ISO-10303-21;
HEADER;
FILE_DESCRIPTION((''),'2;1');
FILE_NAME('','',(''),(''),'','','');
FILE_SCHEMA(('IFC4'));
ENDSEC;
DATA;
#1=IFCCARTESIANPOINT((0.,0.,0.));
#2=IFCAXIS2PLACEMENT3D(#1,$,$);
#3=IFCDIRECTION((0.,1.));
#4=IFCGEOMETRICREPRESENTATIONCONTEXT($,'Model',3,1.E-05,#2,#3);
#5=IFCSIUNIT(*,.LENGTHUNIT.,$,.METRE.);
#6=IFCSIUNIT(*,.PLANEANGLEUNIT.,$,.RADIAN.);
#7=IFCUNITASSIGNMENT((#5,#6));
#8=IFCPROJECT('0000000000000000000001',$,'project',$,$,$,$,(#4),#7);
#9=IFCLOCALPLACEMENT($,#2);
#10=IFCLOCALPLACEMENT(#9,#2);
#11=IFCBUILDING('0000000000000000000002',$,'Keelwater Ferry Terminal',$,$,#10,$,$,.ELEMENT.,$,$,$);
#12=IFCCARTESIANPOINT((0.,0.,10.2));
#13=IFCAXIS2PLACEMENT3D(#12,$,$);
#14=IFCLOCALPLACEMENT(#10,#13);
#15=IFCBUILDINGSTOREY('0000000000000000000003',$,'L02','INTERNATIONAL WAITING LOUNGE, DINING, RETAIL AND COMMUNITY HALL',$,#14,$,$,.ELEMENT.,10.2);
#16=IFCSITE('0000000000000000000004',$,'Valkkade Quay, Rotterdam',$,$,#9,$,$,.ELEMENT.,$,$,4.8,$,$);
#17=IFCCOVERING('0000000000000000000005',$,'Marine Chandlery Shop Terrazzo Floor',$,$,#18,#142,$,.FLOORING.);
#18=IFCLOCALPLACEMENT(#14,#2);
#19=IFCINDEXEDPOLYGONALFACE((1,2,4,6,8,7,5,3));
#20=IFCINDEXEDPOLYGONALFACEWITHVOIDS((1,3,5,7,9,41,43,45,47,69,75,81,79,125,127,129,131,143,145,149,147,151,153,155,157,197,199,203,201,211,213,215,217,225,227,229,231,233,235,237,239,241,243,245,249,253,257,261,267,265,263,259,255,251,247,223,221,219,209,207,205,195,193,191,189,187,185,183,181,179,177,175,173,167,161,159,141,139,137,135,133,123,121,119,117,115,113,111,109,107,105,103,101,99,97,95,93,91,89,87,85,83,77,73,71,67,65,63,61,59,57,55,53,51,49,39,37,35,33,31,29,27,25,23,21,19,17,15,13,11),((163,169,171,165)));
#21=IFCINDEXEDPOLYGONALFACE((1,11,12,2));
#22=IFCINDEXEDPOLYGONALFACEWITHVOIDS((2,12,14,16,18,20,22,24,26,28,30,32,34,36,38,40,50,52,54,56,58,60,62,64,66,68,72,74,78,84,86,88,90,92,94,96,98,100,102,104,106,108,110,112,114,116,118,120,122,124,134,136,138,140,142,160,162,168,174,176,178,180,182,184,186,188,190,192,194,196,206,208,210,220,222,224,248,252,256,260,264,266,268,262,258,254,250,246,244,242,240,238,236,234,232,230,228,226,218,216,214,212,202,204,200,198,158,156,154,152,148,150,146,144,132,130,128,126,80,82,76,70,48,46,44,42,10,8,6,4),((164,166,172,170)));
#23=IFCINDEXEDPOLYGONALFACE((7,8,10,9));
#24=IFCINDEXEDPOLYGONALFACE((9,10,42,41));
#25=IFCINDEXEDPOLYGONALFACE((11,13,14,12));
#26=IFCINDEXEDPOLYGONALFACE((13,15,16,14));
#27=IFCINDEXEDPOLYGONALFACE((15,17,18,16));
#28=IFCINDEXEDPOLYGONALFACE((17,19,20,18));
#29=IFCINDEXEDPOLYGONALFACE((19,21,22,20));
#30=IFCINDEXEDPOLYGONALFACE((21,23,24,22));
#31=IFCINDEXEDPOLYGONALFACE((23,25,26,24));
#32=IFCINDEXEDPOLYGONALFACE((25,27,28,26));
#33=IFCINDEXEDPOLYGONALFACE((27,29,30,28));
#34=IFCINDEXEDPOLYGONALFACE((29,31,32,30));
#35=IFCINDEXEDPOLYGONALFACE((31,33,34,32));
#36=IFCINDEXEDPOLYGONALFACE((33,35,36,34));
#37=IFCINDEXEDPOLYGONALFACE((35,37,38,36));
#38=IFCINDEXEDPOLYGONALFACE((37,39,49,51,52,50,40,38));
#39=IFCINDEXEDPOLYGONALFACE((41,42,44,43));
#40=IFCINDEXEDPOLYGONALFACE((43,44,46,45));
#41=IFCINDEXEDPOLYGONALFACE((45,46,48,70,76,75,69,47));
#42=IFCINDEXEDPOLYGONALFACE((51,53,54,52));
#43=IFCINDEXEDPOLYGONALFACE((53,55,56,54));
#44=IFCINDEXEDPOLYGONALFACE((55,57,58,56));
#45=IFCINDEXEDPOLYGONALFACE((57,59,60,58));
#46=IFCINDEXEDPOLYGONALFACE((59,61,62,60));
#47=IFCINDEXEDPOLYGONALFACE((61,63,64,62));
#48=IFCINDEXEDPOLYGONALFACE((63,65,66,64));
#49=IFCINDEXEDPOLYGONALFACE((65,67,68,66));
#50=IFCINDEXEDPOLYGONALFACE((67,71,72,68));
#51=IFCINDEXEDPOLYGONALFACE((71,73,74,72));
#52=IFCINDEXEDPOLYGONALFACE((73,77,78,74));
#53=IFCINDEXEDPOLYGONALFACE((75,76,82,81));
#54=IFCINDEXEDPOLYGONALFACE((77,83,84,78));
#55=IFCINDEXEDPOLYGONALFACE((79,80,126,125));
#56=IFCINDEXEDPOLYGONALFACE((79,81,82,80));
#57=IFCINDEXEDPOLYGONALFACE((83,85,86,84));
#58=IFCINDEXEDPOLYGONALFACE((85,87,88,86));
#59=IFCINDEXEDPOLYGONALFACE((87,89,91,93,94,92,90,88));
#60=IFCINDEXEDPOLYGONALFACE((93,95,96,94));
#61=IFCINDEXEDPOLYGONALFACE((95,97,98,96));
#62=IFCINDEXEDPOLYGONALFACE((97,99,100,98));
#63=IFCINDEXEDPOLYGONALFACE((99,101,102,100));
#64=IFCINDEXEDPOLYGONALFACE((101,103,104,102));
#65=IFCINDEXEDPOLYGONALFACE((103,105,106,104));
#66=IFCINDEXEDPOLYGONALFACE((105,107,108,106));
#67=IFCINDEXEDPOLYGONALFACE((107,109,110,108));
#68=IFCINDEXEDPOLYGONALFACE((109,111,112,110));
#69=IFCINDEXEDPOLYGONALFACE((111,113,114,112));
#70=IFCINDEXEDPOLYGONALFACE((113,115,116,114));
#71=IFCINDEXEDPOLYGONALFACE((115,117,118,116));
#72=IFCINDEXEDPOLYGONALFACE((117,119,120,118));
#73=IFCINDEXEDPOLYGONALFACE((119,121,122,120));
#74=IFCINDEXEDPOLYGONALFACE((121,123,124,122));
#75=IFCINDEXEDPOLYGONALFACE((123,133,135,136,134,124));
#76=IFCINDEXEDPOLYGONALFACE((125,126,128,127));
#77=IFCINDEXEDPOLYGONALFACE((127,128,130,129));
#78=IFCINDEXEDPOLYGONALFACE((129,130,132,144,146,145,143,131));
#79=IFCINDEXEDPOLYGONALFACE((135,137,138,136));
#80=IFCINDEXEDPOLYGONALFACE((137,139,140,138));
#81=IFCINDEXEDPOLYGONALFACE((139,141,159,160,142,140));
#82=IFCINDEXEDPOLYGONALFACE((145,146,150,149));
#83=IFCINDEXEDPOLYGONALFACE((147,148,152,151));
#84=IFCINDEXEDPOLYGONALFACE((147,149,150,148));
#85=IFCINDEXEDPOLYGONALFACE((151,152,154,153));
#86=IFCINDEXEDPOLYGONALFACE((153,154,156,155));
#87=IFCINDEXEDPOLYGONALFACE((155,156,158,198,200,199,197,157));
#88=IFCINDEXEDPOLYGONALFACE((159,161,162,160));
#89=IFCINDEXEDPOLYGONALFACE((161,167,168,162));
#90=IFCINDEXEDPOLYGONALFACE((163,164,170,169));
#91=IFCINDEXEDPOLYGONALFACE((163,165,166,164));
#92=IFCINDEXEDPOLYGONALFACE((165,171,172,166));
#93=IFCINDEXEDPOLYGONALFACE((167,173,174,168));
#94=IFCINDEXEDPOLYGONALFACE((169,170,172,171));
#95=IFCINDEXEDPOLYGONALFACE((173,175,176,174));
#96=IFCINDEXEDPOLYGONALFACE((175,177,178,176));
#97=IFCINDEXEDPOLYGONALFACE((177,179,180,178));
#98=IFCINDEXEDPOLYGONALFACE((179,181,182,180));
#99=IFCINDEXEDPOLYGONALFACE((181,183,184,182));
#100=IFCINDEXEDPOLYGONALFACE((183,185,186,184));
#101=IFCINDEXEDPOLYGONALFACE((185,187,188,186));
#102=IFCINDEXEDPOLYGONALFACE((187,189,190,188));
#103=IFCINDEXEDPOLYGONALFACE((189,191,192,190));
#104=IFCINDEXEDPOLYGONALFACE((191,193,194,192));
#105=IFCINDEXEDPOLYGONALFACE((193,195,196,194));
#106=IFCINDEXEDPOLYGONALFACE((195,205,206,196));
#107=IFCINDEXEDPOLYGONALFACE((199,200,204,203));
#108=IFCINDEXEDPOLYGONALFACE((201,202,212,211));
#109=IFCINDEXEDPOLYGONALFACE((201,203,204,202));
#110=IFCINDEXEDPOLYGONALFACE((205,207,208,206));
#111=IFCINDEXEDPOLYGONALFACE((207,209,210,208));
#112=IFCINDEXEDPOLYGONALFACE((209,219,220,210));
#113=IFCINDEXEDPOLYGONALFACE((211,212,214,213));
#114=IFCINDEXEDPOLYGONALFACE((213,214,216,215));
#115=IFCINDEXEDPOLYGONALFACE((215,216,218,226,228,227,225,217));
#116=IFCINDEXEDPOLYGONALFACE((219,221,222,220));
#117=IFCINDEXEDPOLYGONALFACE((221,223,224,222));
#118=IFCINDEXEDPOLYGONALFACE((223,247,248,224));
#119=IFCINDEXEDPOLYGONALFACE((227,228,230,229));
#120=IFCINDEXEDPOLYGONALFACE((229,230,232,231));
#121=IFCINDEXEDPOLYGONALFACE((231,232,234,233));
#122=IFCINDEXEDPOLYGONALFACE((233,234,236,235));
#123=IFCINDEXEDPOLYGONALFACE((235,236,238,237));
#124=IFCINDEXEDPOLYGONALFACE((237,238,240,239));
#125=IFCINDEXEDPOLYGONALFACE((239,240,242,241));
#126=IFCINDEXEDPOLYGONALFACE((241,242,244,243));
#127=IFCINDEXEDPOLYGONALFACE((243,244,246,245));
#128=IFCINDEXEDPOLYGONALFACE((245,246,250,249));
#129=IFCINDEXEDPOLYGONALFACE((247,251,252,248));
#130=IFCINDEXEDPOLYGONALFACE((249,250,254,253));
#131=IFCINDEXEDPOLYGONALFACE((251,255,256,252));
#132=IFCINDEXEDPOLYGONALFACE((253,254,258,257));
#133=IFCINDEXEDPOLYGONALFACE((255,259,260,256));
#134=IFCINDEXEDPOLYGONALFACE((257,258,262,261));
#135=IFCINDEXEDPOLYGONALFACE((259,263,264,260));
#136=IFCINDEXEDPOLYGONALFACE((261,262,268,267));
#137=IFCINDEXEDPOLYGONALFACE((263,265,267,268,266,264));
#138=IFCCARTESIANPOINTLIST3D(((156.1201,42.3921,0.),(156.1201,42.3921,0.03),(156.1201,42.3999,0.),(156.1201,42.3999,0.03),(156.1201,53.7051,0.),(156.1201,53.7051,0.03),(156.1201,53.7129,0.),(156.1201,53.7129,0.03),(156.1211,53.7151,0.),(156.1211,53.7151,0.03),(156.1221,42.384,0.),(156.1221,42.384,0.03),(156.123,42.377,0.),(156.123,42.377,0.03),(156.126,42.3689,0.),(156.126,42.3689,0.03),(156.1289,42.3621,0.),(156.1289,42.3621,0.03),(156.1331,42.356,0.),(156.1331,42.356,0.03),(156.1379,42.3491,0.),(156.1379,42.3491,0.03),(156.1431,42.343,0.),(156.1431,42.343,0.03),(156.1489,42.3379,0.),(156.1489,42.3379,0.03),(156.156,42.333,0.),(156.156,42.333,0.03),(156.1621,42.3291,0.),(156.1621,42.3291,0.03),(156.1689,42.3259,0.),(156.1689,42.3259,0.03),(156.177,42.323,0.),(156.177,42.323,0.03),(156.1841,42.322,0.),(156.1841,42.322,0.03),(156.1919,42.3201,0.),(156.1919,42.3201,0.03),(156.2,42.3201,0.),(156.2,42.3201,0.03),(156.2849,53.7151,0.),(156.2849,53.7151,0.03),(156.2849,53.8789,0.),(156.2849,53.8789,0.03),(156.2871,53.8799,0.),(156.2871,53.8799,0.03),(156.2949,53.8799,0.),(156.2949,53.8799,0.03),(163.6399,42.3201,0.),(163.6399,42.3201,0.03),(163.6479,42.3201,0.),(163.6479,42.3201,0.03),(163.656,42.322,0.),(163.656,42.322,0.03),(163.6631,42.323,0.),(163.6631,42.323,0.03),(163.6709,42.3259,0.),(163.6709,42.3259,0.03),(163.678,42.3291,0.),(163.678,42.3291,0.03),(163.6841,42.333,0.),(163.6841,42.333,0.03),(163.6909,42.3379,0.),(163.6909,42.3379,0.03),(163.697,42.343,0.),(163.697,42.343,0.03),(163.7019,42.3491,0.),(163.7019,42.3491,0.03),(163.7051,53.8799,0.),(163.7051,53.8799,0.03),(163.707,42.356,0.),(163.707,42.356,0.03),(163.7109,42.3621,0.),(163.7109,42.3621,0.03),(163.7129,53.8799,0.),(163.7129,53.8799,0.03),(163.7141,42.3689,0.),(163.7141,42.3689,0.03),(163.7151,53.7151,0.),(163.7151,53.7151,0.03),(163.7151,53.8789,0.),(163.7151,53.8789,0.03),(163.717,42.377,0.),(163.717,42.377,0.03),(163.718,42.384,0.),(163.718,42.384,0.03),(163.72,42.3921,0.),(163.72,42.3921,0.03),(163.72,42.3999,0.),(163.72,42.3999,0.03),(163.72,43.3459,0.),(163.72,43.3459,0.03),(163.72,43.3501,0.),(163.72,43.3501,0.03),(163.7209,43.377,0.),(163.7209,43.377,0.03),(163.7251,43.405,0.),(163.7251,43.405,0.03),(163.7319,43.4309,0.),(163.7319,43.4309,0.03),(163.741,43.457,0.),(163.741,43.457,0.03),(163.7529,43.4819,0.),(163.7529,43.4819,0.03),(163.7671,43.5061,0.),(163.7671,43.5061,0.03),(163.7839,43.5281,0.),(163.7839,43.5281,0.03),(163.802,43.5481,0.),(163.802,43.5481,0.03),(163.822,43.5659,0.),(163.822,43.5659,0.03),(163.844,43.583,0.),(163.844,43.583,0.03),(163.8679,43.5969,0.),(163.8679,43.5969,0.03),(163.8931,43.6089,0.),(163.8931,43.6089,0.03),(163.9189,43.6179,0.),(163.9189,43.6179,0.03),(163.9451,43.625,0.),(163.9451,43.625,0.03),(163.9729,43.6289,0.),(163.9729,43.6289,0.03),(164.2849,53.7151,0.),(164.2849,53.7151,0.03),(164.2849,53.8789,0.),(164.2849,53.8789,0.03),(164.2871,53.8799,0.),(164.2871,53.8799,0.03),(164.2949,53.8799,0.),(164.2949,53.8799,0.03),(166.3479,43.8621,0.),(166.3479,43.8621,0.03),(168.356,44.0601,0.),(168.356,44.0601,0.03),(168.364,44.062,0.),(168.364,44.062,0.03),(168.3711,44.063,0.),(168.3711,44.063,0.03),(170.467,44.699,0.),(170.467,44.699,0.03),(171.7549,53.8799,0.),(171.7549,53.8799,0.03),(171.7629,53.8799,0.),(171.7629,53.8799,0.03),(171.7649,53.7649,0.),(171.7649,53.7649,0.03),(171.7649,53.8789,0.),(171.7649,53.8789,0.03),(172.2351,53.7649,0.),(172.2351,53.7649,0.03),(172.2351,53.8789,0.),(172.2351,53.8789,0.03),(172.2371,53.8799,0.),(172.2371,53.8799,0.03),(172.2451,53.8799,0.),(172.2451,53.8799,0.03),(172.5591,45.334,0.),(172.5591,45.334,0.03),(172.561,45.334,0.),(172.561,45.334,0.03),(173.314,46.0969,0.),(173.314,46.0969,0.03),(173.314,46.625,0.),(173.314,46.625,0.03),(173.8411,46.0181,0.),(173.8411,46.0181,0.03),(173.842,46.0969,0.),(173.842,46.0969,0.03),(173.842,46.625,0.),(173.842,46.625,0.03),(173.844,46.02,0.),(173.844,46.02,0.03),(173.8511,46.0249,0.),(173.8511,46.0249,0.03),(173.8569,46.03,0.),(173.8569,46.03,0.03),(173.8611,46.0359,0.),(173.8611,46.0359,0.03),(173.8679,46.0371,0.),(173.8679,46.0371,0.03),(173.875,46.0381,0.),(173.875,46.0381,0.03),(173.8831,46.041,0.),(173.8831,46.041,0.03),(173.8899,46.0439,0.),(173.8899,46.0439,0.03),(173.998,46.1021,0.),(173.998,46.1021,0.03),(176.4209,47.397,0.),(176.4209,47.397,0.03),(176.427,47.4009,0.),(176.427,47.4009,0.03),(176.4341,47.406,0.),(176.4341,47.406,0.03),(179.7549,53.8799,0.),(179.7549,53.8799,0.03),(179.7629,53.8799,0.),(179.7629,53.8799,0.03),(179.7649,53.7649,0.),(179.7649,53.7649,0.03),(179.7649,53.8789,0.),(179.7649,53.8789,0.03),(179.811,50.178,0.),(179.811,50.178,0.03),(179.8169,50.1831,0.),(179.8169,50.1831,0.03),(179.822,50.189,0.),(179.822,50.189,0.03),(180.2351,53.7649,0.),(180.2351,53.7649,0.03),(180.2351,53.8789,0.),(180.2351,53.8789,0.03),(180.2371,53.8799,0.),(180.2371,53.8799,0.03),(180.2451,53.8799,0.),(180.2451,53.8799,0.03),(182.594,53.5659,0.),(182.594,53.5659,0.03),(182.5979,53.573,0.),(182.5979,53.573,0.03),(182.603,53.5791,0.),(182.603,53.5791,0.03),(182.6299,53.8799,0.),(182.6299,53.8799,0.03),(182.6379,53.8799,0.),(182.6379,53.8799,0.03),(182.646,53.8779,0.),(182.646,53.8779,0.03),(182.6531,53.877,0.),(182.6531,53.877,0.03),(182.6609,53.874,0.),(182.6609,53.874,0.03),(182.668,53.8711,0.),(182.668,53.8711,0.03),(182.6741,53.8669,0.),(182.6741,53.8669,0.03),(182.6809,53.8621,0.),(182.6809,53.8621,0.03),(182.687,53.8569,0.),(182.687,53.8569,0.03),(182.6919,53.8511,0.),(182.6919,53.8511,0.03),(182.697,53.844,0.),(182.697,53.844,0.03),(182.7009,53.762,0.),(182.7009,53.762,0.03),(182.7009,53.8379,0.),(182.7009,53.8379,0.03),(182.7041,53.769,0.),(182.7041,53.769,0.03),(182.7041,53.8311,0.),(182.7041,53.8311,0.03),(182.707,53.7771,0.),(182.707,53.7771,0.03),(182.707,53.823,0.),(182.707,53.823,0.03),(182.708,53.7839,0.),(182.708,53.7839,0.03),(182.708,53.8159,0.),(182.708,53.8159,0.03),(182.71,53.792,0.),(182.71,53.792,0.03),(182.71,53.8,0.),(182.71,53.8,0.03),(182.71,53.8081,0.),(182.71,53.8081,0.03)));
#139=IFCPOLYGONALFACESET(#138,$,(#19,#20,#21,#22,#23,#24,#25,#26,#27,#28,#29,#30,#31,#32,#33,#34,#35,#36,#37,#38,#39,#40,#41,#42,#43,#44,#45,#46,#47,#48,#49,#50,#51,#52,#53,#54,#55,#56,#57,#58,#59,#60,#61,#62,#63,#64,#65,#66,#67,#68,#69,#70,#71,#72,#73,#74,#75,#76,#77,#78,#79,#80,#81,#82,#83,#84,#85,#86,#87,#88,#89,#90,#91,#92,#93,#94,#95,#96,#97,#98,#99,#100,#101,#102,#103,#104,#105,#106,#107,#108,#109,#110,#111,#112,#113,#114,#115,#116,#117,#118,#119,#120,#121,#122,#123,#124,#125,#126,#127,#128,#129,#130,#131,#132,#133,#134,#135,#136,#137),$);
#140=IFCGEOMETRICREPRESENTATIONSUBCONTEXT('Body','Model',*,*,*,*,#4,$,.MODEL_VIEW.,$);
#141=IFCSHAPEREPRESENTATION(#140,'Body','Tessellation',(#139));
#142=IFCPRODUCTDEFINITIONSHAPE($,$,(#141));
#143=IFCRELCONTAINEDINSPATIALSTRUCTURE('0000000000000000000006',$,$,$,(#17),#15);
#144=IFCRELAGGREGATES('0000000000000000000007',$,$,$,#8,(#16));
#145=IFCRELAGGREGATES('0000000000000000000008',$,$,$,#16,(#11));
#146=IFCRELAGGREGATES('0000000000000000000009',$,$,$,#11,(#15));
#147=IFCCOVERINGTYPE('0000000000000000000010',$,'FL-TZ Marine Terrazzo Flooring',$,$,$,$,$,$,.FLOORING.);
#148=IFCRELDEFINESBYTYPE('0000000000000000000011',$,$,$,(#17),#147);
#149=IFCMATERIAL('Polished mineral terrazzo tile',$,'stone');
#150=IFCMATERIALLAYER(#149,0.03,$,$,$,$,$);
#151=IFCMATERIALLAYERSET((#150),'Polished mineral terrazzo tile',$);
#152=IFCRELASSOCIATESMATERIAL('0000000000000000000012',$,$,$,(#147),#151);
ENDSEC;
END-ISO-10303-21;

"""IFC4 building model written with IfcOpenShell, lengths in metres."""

from ifc_helpers import new_model, si_unit, direction, frame, origin, place, context, subcontext, project, spatial, polyline, outline, extrude, material, layer, layer_set, type_object, element, save


model = new_model("IFC4")

# Units and contexts
model_context = context("Model", 3, precision=1e-05, world=origin(), true_north=direction((0.0, 1.0)))
body_context = subcontext(model_context, "Body", "Model", "MODEL_VIEW")
ifc_project = project(units=[si_unit("LENGTHUNIT", "METRE"), si_unit("PLANEANGLEUNIT", "RADIAN")], contexts=[model_context])

# Site, building, storey
site_placement = place(None, origin())
site = spatial("IfcSite", under=ifc_project, at=site_placement, Name="Valkkade Quay, Rotterdam", CompositionType="ELEMENT", RefElevation=4.8)
building_placement = place(site_placement, origin())
building = spatial("IfcBuilding", under=site, at=building_placement, Name="Keelwater Ferry Terminal", CompositionType="ELEMENT")
storey_placement = place(building_placement, frame((0.0, 0.0, 10.2)))
storey = spatial("IfcBuildingStorey", under=building, at=storey_placement, Name="L02", Description="INTERNATIONAL WAITING LOUNGE, DINING, RETAIL AND COMMUNITY HALL", CompositionType="ELEMENT", Elevation=10.2)

# Covering
ifc_material_1 = material(Name="Polished mineral terrazzo tile", Category="stone")
ifc_layer_1 = layer(ifc_material_1, 0.03)
ifc_layer_set_1 = layer_set([ifc_layer_1], Name="Polished mineral terrazzo tile")
covering_type_1 = type_object("IfcCoveringType", Name="FL-TZ Marine Terrazzo Flooring", PredefinedType="FLOORING", material=ifc_layer_set_1)
covering_1_placement = place(storey_placement, origin())
element("IfcCovering", 1, at=covering_1_placement, inside=storey, type_object=covering_type_1, Name="Marine Chandlery Shop Terrazzo Floor", PredefinedType="FLOORING", context=body_context, shape_type="SweptSolid", body=[
    extrude(outline(polyline([(163.7151, 53.8789), (163.7151, 53.7151), (164.2849, 53.7151), (164.2849, 53.8789), (164.2871, 53.8799), (164.2949, 53.8799), (171.7549, 53.8799), (171.7629, 53.8799), (171.7649, 53.8789), (171.7649, 53.7649), (172.2351, 53.7649), (172.2351, 53.8789), (172.2371, 53.8799), (172.2451, 53.8799), (179.7549, 53.8799), (179.7629, 53.8799), (179.7649, 53.8789), (179.7649, 53.7649), (180.2351, 53.7649), (180.2351, 53.8789), (180.2371, 53.8799), (180.2451, 53.8799), (182.6299, 53.8799), (182.6379, 53.8799), (182.646, 53.8779), (182.6531, 53.877), (182.6609, 53.874), (182.668, 53.8711), (182.6741, 53.8669), (182.6809, 53.8621), (182.687, 53.8569), (182.6919, 53.8511), (182.697, 53.844), (182.7009, 53.8379), (182.7041, 53.8311), (182.707, 53.823), (182.708, 53.8159), (182.71, 53.8081), (182.71, 53.8), (182.71, 53.792), (182.708, 53.7839), (182.707, 53.7771), (182.7041, 53.769), (182.7009, 53.762), (182.603, 53.5791), (182.5979, 53.573), (182.594, 53.5659), (179.822, 50.189), (179.8169, 50.1831), (179.811, 50.178), (176.4341, 47.406), (176.427, 47.4009), (176.4209, 47.397), (173.998, 46.1021), (173.8899, 46.0439), (173.8831, 46.041), (173.875, 46.0381), (173.8679, 46.0371), (173.8611, 46.0359), (173.8569, 46.03), (173.8511, 46.0249), (173.844, 46.02), (173.8411, 46.0181), (172.561, 45.334), (172.561, 45.334), (172.5591, 45.334), (170.467, 44.699), (168.3711, 44.063), (168.364, 44.062), (168.356, 44.0601), (166.3479, 43.8621), (163.9729, 43.6289), (163.9451, 43.625), (163.9189, 43.6179), (163.8931, 43.6089), (163.8679, 43.5969), (163.844, 43.583), (163.822, 43.5659), (163.802, 43.5481), (163.7839, 43.5281), (163.7671, 43.5061), (163.7529, 43.4819), (163.741, 43.457), (163.7319, 43.4309), (163.7251, 43.405), (163.7209, 43.377), (163.72, 43.3501), (163.72, 43.3459), (163.72, 42.3999), (163.72, 42.3921), (163.718, 42.384), (163.717, 42.377), (163.7141, 42.3689), (163.7109, 42.3621), (163.707, 42.356), (163.7019, 42.3491), (163.697, 42.343), (163.6909, 42.3379), (163.6841, 42.333), (163.678, 42.3291), (163.6709, 42.3259), (163.6631, 42.323), (163.656, 42.322), (163.6479, 42.3201), (163.6399, 42.3201), (156.2, 42.3201), (156.1919, 42.3201), (156.1841, 42.322), (156.177, 42.323), (156.1689, 42.3259), (156.1621, 42.3291), (156.156, 42.333), (156.1489, 42.3379), (156.1431, 42.343), (156.1379, 42.3491), (156.1331, 42.356), (156.1289, 42.3621), (156.126, 42.3689), (156.123, 42.377), (156.1221, 42.384), (156.1201, 42.3921), (156.1201, 42.3999), (156.1201, 53.7051), (156.1201, 53.7129), (156.1211, 53.7151), (156.2849, 53.7151), (156.2849, 53.8789), (156.2871, 53.8799), (156.2949, 53.8799), (163.7051, 53.8799), (163.7129, 53.8799), (163.7151, 53.8789)]), holes=[polyline([(173.314, 46.625), (173.314, 46.0969), (173.842, 46.0969), (173.842, 46.625), (173.314, 46.625)])]), origin(), (0.0, 0.0, 1.0), 0.03),
])

save(model, "model.ifc")
